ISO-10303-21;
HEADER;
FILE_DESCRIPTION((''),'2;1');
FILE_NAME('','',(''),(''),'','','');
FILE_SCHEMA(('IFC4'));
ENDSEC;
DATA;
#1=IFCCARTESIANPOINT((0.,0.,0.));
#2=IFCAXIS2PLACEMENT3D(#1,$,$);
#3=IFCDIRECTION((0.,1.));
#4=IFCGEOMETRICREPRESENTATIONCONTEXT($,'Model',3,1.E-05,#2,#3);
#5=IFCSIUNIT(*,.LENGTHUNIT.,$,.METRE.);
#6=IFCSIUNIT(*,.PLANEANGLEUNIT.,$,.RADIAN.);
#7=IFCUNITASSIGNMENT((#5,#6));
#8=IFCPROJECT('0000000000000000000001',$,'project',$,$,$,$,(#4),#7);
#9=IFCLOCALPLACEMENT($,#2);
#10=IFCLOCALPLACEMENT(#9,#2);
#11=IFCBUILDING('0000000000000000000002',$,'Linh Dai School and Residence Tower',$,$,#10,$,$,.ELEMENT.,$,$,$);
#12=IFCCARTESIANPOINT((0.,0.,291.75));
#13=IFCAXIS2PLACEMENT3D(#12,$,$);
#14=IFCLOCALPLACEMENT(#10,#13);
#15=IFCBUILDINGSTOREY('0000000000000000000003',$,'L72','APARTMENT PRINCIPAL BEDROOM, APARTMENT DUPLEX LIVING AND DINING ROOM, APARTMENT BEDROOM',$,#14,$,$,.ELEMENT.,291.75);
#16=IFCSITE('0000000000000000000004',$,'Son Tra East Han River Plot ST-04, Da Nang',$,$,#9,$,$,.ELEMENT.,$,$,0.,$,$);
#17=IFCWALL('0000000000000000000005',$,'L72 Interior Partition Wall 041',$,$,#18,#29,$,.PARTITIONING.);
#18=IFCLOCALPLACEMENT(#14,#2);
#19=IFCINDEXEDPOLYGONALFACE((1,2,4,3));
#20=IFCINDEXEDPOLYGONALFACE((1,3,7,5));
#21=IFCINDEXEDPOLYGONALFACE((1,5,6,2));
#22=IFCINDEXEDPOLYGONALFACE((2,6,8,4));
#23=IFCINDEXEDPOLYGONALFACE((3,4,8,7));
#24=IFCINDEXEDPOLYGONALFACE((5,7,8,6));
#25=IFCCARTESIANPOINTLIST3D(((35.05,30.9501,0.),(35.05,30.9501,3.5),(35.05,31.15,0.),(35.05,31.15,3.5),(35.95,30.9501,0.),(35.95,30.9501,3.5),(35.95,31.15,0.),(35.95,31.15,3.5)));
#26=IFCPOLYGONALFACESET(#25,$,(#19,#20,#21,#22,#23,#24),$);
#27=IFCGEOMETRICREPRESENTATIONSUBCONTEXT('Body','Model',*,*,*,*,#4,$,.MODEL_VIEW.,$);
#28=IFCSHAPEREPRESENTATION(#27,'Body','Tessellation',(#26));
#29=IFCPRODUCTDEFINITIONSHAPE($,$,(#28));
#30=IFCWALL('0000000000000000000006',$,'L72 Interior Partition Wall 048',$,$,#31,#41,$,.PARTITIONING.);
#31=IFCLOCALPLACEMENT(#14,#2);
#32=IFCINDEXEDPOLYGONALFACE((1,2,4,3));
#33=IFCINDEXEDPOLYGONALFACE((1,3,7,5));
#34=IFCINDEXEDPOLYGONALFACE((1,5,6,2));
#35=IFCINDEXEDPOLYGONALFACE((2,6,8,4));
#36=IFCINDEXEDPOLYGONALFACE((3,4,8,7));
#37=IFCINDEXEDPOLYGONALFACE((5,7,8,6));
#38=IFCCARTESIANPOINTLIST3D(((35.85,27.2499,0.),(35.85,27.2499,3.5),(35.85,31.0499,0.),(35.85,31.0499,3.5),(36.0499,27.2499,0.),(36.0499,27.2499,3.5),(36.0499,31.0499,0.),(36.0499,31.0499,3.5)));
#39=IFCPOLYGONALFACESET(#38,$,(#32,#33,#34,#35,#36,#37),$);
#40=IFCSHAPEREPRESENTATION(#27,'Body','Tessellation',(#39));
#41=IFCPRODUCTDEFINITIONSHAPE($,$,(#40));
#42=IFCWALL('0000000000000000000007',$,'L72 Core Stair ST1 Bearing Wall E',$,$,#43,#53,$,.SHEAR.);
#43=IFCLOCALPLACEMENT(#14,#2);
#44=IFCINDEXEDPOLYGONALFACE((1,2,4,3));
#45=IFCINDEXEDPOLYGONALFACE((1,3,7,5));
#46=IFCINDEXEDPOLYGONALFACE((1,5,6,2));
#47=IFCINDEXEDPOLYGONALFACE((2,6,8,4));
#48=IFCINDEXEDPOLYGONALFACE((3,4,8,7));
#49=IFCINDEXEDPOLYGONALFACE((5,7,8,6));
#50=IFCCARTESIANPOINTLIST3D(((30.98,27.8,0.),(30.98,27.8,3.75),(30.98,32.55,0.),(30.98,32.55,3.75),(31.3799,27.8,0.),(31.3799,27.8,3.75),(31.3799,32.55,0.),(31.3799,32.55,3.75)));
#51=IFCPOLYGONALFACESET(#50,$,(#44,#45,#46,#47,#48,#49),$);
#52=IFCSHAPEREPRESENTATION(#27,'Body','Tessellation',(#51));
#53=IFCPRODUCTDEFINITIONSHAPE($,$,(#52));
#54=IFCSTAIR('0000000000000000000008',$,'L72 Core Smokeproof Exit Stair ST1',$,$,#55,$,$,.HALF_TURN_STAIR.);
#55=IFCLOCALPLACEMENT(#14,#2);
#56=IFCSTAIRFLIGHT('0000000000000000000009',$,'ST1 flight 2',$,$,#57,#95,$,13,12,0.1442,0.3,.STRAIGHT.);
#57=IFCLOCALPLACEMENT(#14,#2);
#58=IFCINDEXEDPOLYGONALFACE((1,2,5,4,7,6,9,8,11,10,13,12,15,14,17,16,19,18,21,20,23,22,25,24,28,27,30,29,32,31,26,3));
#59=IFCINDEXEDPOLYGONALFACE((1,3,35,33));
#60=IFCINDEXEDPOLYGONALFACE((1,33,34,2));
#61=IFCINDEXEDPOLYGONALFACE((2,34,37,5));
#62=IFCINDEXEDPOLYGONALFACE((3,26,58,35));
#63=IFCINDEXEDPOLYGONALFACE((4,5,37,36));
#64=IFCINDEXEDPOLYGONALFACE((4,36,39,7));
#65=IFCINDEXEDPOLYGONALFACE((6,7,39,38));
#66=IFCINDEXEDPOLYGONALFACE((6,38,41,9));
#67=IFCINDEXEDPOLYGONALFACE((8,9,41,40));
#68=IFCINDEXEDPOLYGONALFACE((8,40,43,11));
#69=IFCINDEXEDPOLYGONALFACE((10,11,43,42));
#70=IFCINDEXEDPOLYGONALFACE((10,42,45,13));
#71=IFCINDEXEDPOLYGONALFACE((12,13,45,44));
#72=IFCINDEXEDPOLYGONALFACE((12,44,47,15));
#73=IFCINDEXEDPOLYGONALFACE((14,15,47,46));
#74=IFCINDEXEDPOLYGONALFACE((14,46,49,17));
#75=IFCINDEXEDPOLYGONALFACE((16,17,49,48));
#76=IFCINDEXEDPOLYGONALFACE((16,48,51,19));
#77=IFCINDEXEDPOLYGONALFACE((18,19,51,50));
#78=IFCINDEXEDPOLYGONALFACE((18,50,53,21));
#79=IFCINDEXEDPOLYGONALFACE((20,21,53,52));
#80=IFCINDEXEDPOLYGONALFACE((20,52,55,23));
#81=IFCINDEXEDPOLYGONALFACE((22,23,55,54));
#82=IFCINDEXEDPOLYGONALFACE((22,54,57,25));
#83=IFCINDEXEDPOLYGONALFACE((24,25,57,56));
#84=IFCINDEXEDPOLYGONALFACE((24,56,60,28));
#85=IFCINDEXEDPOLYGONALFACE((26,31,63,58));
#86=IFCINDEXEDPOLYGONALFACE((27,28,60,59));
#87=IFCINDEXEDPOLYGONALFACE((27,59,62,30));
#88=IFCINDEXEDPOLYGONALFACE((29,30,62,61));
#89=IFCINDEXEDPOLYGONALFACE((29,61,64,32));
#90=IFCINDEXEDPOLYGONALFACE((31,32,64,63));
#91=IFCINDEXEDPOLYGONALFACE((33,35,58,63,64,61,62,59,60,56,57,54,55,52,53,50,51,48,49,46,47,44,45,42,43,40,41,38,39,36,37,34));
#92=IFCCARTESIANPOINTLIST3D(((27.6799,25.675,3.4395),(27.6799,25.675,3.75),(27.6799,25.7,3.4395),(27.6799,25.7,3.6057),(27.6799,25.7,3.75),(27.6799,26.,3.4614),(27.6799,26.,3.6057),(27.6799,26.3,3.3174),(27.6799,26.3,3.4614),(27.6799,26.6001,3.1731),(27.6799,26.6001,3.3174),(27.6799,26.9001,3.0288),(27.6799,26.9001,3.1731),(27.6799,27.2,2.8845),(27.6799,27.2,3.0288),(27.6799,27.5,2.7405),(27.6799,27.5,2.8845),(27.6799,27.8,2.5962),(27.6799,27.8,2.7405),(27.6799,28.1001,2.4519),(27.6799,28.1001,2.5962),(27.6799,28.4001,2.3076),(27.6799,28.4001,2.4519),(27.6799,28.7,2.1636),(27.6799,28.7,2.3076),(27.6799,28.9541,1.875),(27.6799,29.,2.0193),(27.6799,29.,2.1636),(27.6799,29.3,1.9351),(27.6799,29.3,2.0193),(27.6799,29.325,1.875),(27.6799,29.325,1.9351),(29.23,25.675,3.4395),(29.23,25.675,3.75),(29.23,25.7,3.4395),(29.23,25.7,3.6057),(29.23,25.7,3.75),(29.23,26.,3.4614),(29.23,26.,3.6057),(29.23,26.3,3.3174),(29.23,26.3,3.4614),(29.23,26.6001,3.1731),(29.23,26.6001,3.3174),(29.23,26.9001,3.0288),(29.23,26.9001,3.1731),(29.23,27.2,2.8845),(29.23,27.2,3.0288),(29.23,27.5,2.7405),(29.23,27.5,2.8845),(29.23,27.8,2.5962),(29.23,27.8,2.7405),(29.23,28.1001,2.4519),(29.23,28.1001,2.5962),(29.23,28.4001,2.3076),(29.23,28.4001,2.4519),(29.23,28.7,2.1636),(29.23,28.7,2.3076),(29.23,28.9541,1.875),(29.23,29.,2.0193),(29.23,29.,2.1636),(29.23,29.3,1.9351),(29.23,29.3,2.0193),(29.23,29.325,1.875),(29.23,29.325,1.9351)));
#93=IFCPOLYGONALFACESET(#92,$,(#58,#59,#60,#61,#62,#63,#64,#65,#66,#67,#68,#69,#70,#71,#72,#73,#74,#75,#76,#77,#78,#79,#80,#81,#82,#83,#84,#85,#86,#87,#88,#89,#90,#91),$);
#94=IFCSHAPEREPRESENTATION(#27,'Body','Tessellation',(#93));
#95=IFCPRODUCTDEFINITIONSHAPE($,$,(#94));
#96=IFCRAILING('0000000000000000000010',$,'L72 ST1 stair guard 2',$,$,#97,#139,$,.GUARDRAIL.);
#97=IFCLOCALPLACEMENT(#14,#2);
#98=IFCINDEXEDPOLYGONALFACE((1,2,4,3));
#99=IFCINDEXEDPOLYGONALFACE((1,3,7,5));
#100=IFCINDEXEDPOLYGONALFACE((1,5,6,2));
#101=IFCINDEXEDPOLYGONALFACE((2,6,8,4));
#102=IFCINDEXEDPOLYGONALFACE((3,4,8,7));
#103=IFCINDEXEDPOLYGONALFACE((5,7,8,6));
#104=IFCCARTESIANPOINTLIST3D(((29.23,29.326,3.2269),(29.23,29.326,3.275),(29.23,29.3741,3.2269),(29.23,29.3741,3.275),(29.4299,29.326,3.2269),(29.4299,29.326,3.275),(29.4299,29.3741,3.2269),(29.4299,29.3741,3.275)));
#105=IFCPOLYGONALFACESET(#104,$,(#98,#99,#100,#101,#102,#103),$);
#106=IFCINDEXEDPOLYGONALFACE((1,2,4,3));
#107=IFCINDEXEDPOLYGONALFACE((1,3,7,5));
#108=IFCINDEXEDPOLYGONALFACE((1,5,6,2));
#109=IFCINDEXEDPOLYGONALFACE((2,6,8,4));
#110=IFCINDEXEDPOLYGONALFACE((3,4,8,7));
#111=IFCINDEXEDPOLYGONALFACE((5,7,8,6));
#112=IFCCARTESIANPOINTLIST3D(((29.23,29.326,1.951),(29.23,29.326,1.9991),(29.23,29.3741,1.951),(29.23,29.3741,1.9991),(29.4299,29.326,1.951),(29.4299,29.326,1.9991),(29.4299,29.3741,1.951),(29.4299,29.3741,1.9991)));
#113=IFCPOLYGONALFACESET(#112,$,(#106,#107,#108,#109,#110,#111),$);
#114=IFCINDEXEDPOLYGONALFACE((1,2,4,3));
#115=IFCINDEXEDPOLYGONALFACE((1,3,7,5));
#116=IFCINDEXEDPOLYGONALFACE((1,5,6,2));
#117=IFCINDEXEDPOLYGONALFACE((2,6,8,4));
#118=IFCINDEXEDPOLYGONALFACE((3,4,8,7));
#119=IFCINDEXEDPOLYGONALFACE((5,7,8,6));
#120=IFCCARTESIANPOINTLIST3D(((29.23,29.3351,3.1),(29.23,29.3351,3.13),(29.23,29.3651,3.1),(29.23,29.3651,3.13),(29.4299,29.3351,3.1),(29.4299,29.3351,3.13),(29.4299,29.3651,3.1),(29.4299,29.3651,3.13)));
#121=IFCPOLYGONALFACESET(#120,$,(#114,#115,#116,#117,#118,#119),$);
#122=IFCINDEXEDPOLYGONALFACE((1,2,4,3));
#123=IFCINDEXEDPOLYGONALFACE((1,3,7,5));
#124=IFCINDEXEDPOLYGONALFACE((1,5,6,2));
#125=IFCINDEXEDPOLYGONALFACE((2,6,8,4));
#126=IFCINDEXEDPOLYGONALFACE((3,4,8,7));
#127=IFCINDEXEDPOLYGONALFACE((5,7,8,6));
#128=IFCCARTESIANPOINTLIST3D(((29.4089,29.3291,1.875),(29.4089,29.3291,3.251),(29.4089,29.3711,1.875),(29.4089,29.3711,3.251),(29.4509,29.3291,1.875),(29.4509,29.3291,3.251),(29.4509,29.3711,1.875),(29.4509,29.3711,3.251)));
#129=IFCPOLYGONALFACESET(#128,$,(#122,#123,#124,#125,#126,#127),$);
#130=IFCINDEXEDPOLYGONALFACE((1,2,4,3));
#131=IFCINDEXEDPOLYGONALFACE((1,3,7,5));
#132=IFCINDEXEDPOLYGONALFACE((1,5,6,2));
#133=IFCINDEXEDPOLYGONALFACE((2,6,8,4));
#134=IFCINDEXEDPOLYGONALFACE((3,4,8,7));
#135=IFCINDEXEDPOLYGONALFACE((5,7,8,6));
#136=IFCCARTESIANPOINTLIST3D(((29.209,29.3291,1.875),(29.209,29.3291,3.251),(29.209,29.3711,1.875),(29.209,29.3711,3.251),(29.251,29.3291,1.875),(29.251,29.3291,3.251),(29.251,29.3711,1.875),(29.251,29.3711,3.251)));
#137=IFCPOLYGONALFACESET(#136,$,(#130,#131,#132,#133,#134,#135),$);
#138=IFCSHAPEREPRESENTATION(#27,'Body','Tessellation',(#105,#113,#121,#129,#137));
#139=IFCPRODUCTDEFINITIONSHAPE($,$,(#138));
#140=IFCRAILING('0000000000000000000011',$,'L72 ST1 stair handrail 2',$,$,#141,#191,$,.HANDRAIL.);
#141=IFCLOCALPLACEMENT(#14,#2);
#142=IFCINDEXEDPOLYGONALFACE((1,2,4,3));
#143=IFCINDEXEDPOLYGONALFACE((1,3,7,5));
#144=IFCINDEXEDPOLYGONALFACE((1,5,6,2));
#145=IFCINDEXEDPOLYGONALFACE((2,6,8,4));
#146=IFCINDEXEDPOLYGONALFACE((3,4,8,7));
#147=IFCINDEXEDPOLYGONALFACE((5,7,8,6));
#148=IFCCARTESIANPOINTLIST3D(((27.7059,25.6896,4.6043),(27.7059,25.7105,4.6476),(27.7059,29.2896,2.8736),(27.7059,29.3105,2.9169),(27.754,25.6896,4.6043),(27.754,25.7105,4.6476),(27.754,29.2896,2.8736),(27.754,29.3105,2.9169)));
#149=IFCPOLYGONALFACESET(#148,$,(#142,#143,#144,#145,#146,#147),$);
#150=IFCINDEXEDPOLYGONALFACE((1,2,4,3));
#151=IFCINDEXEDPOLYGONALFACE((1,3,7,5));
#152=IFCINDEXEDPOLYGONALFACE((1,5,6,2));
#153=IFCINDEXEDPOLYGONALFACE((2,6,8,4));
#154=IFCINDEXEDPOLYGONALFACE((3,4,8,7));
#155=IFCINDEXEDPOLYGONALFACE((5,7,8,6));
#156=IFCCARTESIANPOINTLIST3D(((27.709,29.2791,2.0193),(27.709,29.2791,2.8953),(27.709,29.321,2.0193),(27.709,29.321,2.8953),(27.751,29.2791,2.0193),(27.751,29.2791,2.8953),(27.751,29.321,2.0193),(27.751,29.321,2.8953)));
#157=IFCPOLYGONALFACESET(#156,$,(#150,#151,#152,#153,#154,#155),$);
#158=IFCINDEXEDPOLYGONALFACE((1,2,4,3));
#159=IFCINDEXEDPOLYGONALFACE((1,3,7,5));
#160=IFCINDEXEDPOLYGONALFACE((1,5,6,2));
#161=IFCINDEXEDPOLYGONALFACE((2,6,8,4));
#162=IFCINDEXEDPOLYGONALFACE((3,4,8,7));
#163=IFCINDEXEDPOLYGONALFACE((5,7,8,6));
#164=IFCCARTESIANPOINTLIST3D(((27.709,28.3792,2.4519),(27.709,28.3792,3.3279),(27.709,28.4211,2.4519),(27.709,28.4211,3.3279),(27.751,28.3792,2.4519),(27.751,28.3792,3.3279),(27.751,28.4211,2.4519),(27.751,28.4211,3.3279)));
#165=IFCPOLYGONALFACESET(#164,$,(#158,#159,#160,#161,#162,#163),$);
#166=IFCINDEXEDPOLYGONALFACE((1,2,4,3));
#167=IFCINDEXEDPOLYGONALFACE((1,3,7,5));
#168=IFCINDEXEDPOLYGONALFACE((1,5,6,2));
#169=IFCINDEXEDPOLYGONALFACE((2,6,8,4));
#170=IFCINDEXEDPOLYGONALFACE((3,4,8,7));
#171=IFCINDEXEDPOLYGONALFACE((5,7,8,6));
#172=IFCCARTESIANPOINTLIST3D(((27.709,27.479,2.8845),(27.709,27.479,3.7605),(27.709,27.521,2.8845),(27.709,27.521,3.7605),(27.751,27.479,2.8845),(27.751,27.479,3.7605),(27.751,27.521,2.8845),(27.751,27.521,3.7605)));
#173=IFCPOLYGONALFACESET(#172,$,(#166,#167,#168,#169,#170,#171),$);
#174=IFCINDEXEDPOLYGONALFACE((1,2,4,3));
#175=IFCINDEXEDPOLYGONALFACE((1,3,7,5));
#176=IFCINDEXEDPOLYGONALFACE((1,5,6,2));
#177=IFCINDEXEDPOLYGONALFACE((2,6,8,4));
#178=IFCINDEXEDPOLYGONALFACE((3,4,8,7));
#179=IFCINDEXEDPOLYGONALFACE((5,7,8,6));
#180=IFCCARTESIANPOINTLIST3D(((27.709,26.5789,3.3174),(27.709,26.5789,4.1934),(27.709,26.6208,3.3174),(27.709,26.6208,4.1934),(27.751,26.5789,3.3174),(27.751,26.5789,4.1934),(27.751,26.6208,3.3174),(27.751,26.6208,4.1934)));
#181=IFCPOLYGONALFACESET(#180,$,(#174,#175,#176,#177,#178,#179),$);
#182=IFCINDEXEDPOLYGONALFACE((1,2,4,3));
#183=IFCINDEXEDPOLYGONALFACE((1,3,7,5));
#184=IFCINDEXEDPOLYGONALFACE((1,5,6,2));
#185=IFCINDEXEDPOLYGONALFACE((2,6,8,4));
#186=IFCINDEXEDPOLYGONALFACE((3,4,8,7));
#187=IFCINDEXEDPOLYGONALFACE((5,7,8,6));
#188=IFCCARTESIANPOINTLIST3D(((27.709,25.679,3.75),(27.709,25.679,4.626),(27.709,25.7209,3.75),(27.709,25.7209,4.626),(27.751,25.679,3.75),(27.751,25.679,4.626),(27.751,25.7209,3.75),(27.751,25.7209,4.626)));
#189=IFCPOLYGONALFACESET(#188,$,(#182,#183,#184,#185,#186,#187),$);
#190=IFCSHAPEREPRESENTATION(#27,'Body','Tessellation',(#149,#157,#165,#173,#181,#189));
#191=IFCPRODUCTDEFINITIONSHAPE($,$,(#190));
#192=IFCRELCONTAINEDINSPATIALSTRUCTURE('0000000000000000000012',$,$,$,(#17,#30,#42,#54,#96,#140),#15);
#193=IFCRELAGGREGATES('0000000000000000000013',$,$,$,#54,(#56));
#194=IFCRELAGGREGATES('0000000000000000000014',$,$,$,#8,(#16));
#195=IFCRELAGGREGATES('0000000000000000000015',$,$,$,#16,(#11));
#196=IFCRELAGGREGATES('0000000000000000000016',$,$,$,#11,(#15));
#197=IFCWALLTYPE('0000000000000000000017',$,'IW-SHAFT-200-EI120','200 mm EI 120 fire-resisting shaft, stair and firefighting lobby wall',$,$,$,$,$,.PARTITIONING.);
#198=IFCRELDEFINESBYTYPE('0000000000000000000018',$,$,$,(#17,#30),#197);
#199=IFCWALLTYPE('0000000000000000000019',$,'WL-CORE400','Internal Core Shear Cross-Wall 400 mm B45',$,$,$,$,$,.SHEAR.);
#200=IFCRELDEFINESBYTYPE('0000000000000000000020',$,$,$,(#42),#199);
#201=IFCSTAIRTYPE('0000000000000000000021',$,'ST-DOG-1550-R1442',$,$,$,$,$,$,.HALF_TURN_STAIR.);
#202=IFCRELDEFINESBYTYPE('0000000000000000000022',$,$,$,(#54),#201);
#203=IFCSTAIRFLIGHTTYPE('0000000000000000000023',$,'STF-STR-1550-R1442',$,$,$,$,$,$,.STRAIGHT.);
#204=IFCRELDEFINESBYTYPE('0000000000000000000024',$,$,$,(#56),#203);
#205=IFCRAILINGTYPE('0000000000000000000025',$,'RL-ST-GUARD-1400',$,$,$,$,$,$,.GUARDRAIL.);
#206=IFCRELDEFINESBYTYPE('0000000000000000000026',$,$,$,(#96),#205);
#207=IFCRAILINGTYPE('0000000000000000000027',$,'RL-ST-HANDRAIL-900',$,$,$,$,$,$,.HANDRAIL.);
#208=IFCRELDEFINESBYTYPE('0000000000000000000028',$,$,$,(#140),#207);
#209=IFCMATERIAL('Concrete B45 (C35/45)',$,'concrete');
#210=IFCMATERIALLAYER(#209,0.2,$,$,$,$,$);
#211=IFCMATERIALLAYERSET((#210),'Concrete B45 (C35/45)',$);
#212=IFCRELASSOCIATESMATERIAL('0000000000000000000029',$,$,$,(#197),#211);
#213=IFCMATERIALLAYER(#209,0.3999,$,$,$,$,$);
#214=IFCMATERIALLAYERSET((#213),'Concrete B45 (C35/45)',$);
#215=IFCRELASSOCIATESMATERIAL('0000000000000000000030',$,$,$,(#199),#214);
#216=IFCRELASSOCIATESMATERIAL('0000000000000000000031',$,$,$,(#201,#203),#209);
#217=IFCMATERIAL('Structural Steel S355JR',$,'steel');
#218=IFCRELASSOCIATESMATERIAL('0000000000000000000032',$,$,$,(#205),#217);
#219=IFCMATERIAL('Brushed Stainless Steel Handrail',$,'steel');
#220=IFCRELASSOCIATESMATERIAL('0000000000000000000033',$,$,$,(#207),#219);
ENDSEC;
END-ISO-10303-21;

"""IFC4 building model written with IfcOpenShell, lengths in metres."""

from ifc_helpers import new_model, si_unit, direction, frame, frame_2d, origin, origin_2d, place, context, subcontext, project, spatial, polyline, rectangle, outline, extrude, source, transform, mapped, material, layer, layer_set, type_object, element, aggregate, save


model = new_model("IFC4")

# Units and contexts
model_context = context("Model", 3, precision=1e-05, world=origin(), true_north=direction((0.0, 1.0)))
body_context = subcontext(model_context, "Body", "Model", "MODEL_VIEW")
ifc_project = project(units=[si_unit("LENGTHUNIT", "METRE"), si_unit("PLANEANGLEUNIT", "RADIAN")], contexts=[model_context])

# Site, building, storey
site_placement = place(None, origin())
site = spatial("IfcSite", under=ifc_project, at=site_placement, Name="Son Tra East Han River Plot ST-04, Da Nang", CompositionType="ELEMENT", RefElevation=0.0)
building_placement = place(site_placement, origin())
building = spatial("IfcBuilding", under=site, at=building_placement, Name="Linh Dai School and Residence Tower", CompositionType="ELEMENT")
storey_placement = place(building_placement, frame((0.0, 0.0, 291.75)))
storey = spatial("IfcBuildingStorey", under=building, at=storey_placement, Name="L72", Description="APARTMENT PRINCIPAL BEDROOM, APARTMENT DUPLEX LIVING AND DINING ROOM, APARTMENT BEDROOM", CompositionType="ELEMENT", Elevation=291.75)

# Shared definitions
ifc_material_1 = material(Name="Structural Steel S355JR", Category="steel")

# Shared definitions
ifc_material_2 = material(Name="Concrete B45 (C35/45)", Category="concrete")
ifc_layer_1 = layer(ifc_material_2, 0.2)
ifc_layer_set_1 = layer_set([ifc_layer_1], Name="Concrete B45 (C35/45)")
wall_type_1 = type_object("IfcWallType", Name="IW-SHAFT-200-EI120", Description="200 mm EI 120 fire-resisting shaft, stair and firefighting lobby wall", PredefinedType="PARTITIONING", material=ifc_layer_set_1)

# Walls
wall_1_placement = place(storey_placement, frame((35.05, 31.05, 0.0), z_axis=(0.0, 0.0, 1.0), x_axis=(1.0, 0.0, 0.0)))
element("IfcWall", 1, at=wall_1_placement, inside=storey, type_object=wall_type_1, Name="L72 Interior Partition Wall 041", PredefinedType="PARTITIONING", context=body_context, shape_type="SweptSolid", body=[
    extrude(rectangle(XDim=0.8999, YDim=0.2, at=frame_2d((0.45, 0.0))), origin(), (0.0, 0.0, 1.0), 3.5),
])
wall_2_placement = place(storey_placement, frame((35.95, 27.25, 0.0), z_axis=(0.0, 0.0, 1.0), x_axis=(0.0, 1.0, 0.0)))
element("IfcWall", 2, at=wall_2_placement, inside=storey, type_object=wall_type_1, Name="L72 Interior Partition Wall 048", PredefinedType="PARTITIONING", context=body_context, shape_type="SweptSolid", body=[
    extrude(rectangle(XDim=3.8, YDim=0.2, at=frame_2d((1.8999, 0.0))), origin(), (0.0, 0.0, 1.0), 3.5),
])
ifc_layer_2 = layer(ifc_material_2, 0.3999)
ifc_layer_set_2 = layer_set([ifc_layer_2], Name="Concrete B45 (C35/45)")
wall_type_2 = type_object("IfcWallType", Name="WL-CORE400", Description="Internal Core Shear Cross-Wall 400 mm B45", PredefinedType="SHEAR", material=ifc_layer_set_2)
wall_3_placement = place(storey_placement, frame((31.1799, 27.8, 0.0), z_axis=(0.0, 0.0, 1.0), x_axis=(0.0, 1.0, 0.0)))
element("IfcWall", 3, at=wall_3_placement, inside=storey, type_object=wall_type_2, Name="L72 Core Stair ST1 Bearing Wall E", PredefinedType="SHEAR", context=body_context, shape_type="SweptSolid", body=[
    extrude(rectangle(XDim=4.75, YDim=0.3999, at=frame_2d((2.375, 0.0))), origin(), (0.0, 0.0, 1.0), 3.75),
])

# Stair, stair flight
stair_type = type_object("IfcStairType", Name="ST-DOG-1550-R1442", PredefinedType="HALF_TURN_STAIR", material=ifc_material_2)
stair_placement = place(storey_placement, origin())
stair = element("IfcStair", 4, at=stair_placement, inside=storey, type_object=stair_type, Name="L72 Core Smokeproof Exit Stair ST1", PredefinedType="HALF_TURN_STAIR")
stair_flight_type = type_object("IfcStairFlightType", Name="STF-STR-1550-R1442", PredefinedType="STRAIGHT", material=ifc_material_2)
shared_shape_1 = source(origin(), body_context, "Body", "SweptSolid", [
    extrude(outline(polyline([(-0.0249, 0.0), (-0.0249, 0.0601), (0.0, 0.0601), (0.0, 0.1443), (0.3, 0.1443), (0.3, 0.2886), (0.6001, 0.2886), (0.6001, 0.4326), (0.8999, 0.4326), (0.8999, 0.5769), (1.2, 0.5769), (1.2, 0.7212), (1.5, 0.7212), (1.5, 0.8655), (1.8, 0.8655), (1.8, 1.0095), (2.1001, 1.0095), (2.1001, 1.1538), (2.3999, 1.1538), (2.3999, 1.2981), (2.7, 1.2981), (2.7, 1.4424), (3.0, 1.4424), (3.0, 1.5864), (3.3, 1.5864), (3.3, 1.7307), (3.6001, 1.7307), (3.6001, 1.875), (3.625, 1.875), (3.625, 1.5645), (3.6001, 1.5645), (0.3459, 0.0), (-0.0249, 0.0)])), frame((0.0, 0.7749, 0.0), z_axis=(0.0, -1.0, 0.0), x_axis=(1.0, 0.0, 0.0)), (0.0, 0.0, 1.0), 1.55),
])
stair_flight_placement = place(storey_placement, frame((28.4551, 29.3, 1.875), z_axis=(0.0, 0.0, 1.0), x_axis=(0.0, -1.0, 0.0)))
stair_flight = element("IfcStairFlight", 5, at=stair_flight_placement, type_object=stair_flight_type, Name="ST1 flight 2", NumberOfRisers=13, NumberOfTreads=12, PredefinedType="STRAIGHT", RiserHeight=0.1442, TreadLength=0.3, context=body_context, shape_type="MappedRepresentation", body=[
    mapped(shared_shape_1, transform((0.0, 0.0, 0.0), x_axis=(1.0, 0.0, 0.0), y_axis=(0.0, 1.0, 0.0), z_axis=(0.0, 0.0, 1.0), scale=1.0)),
])
aggregate(stair, [stair_flight])

# Railings
railing_type_1 = type_object("IfcRailingType", Name="RL-ST-GUARD-1400", PredefinedType="GUARDRAIL", material=ifc_material_1)
shared_shape_2 = source(origin(), body_context, "Body", "SweptSolid", [
    extrude(rectangle(XDim=0.0481, YDim=0.0481, at=origin_2d()), frame((0.0, 0.0, 1.376), z_axis=(-1.0, 0.0, 0.0), x_axis=(0.0, -1.0, 0.0)), (0.0, 0.0, 1.0), 0.2),
    extrude(rectangle(XDim=0.0481, YDim=0.0481, at=origin_2d()), frame((0.0, 0.0, 0.1001), z_axis=(-1.0, 0.0, 0.0), x_axis=(0.0, -1.0, 0.0)), (0.0, 0.0, 1.0), 0.2),
    extrude(rectangle(XDim=0.03, YDim=0.03, at=origin_2d()), frame((0.0, 0.0, 1.24), z_axis=(-1.0, 0.0, 0.0), x_axis=(0.0, -1.0, 0.0)), (0.0, 0.0, 1.0), 0.2),
    extrude(rectangle(XDim=0.042, YDim=0.042, at=origin_2d()), origin(), (0.0, 0.0, 1.0), 1.376),
    extrude(rectangle(XDim=0.042, YDim=0.042, at=origin_2d()), frame((-0.2, 0.0, 0.0)), (0.0, 0.0, 1.0), 1.376),
])
railing_1_placement = place(storey_placement, frame((29.4299, 29.3501, 1.875)))
element("IfcRailing", 6, at=railing_1_placement, inside=storey, type_object=railing_type_1, Name="L72 ST1 stair guard 2", PredefinedType="GUARDRAIL", context=body_context, shape_type="MappedRepresentation", body=[
    mapped(shared_shape_2, transform((0.0, 0.0, 0.0), x_axis=(1.0, 0.0, 0.0), y_axis=(0.0, 1.0, 0.0), z_axis=(0.0, 0.0, 1.0), scale=1.0)),
])
ifc_material_3 = material(Name="Brushed Stainless Steel Handrail", Category="steel")
railing_type_2 = type_object("IfcRailingType", Name="RL-ST-HANDRAIL-900", PredefinedType="HANDRAIL", material=ifc_material_3)
shared_shape_3 = source(origin(), body_context, "Body", "SweptSolid", [
    extrude(rectangle(XDim=0.0481, YDim=0.0481, at=origin_2d()), frame((0.0, 0.0, 0.876), z_axis=(0.0, -0.901263, 0.433273), x_axis=(1.0, 0.0, 0.0)), (0.0, 0.0, 1.0), 3.9944),
    extrude(rectangle(XDim=0.042, YDim=0.042, at=origin_2d()), origin(), (0.0, 0.0, 1.0), 0.876),
    extrude(rectangle(XDim=0.042, YDim=0.042, at=origin_2d()), frame((0.0, -0.8999, 0.4326)), (0.0, 0.0, 1.0), 0.876),
    extrude(rectangle(XDim=0.042, YDim=0.042, at=origin_2d()), frame((0.0, -1.8, 0.8652)), (0.0, 0.0, 1.0), 0.876),
    extrude(rectangle(XDim=0.042, YDim=0.042, at=origin_2d()), frame((0.0, -2.7002, 1.2981)), (0.0, 0.0, 1.0), 0.876),
    extrude(rectangle(XDim=0.042, YDim=0.042, at=origin_2d()), frame((0.0, -3.6001, 1.7307)), (0.0, 0.0, 1.0), 0.876),
])
railing_2_placement = place(storey_placement, frame((27.73, 29.3, 2.0193)))
element("IfcRailing", 7, at=railing_2_placement, inside=storey, type_object=railing_type_2, Name="L72 ST1 stair handrail 2", PredefinedType="HANDRAIL", context=body_context, shape_type="MappedRepresentation", body=[
    mapped(shared_shape_3, transform((0.0, 0.0, 0.0), x_axis=(1.0, 0.0, 0.0), y_axis=(0.0, 1.0, 0.0), z_axis=(0.0, 0.0, 1.0), scale=1.0)),
])

save(model, "model.ifc")
